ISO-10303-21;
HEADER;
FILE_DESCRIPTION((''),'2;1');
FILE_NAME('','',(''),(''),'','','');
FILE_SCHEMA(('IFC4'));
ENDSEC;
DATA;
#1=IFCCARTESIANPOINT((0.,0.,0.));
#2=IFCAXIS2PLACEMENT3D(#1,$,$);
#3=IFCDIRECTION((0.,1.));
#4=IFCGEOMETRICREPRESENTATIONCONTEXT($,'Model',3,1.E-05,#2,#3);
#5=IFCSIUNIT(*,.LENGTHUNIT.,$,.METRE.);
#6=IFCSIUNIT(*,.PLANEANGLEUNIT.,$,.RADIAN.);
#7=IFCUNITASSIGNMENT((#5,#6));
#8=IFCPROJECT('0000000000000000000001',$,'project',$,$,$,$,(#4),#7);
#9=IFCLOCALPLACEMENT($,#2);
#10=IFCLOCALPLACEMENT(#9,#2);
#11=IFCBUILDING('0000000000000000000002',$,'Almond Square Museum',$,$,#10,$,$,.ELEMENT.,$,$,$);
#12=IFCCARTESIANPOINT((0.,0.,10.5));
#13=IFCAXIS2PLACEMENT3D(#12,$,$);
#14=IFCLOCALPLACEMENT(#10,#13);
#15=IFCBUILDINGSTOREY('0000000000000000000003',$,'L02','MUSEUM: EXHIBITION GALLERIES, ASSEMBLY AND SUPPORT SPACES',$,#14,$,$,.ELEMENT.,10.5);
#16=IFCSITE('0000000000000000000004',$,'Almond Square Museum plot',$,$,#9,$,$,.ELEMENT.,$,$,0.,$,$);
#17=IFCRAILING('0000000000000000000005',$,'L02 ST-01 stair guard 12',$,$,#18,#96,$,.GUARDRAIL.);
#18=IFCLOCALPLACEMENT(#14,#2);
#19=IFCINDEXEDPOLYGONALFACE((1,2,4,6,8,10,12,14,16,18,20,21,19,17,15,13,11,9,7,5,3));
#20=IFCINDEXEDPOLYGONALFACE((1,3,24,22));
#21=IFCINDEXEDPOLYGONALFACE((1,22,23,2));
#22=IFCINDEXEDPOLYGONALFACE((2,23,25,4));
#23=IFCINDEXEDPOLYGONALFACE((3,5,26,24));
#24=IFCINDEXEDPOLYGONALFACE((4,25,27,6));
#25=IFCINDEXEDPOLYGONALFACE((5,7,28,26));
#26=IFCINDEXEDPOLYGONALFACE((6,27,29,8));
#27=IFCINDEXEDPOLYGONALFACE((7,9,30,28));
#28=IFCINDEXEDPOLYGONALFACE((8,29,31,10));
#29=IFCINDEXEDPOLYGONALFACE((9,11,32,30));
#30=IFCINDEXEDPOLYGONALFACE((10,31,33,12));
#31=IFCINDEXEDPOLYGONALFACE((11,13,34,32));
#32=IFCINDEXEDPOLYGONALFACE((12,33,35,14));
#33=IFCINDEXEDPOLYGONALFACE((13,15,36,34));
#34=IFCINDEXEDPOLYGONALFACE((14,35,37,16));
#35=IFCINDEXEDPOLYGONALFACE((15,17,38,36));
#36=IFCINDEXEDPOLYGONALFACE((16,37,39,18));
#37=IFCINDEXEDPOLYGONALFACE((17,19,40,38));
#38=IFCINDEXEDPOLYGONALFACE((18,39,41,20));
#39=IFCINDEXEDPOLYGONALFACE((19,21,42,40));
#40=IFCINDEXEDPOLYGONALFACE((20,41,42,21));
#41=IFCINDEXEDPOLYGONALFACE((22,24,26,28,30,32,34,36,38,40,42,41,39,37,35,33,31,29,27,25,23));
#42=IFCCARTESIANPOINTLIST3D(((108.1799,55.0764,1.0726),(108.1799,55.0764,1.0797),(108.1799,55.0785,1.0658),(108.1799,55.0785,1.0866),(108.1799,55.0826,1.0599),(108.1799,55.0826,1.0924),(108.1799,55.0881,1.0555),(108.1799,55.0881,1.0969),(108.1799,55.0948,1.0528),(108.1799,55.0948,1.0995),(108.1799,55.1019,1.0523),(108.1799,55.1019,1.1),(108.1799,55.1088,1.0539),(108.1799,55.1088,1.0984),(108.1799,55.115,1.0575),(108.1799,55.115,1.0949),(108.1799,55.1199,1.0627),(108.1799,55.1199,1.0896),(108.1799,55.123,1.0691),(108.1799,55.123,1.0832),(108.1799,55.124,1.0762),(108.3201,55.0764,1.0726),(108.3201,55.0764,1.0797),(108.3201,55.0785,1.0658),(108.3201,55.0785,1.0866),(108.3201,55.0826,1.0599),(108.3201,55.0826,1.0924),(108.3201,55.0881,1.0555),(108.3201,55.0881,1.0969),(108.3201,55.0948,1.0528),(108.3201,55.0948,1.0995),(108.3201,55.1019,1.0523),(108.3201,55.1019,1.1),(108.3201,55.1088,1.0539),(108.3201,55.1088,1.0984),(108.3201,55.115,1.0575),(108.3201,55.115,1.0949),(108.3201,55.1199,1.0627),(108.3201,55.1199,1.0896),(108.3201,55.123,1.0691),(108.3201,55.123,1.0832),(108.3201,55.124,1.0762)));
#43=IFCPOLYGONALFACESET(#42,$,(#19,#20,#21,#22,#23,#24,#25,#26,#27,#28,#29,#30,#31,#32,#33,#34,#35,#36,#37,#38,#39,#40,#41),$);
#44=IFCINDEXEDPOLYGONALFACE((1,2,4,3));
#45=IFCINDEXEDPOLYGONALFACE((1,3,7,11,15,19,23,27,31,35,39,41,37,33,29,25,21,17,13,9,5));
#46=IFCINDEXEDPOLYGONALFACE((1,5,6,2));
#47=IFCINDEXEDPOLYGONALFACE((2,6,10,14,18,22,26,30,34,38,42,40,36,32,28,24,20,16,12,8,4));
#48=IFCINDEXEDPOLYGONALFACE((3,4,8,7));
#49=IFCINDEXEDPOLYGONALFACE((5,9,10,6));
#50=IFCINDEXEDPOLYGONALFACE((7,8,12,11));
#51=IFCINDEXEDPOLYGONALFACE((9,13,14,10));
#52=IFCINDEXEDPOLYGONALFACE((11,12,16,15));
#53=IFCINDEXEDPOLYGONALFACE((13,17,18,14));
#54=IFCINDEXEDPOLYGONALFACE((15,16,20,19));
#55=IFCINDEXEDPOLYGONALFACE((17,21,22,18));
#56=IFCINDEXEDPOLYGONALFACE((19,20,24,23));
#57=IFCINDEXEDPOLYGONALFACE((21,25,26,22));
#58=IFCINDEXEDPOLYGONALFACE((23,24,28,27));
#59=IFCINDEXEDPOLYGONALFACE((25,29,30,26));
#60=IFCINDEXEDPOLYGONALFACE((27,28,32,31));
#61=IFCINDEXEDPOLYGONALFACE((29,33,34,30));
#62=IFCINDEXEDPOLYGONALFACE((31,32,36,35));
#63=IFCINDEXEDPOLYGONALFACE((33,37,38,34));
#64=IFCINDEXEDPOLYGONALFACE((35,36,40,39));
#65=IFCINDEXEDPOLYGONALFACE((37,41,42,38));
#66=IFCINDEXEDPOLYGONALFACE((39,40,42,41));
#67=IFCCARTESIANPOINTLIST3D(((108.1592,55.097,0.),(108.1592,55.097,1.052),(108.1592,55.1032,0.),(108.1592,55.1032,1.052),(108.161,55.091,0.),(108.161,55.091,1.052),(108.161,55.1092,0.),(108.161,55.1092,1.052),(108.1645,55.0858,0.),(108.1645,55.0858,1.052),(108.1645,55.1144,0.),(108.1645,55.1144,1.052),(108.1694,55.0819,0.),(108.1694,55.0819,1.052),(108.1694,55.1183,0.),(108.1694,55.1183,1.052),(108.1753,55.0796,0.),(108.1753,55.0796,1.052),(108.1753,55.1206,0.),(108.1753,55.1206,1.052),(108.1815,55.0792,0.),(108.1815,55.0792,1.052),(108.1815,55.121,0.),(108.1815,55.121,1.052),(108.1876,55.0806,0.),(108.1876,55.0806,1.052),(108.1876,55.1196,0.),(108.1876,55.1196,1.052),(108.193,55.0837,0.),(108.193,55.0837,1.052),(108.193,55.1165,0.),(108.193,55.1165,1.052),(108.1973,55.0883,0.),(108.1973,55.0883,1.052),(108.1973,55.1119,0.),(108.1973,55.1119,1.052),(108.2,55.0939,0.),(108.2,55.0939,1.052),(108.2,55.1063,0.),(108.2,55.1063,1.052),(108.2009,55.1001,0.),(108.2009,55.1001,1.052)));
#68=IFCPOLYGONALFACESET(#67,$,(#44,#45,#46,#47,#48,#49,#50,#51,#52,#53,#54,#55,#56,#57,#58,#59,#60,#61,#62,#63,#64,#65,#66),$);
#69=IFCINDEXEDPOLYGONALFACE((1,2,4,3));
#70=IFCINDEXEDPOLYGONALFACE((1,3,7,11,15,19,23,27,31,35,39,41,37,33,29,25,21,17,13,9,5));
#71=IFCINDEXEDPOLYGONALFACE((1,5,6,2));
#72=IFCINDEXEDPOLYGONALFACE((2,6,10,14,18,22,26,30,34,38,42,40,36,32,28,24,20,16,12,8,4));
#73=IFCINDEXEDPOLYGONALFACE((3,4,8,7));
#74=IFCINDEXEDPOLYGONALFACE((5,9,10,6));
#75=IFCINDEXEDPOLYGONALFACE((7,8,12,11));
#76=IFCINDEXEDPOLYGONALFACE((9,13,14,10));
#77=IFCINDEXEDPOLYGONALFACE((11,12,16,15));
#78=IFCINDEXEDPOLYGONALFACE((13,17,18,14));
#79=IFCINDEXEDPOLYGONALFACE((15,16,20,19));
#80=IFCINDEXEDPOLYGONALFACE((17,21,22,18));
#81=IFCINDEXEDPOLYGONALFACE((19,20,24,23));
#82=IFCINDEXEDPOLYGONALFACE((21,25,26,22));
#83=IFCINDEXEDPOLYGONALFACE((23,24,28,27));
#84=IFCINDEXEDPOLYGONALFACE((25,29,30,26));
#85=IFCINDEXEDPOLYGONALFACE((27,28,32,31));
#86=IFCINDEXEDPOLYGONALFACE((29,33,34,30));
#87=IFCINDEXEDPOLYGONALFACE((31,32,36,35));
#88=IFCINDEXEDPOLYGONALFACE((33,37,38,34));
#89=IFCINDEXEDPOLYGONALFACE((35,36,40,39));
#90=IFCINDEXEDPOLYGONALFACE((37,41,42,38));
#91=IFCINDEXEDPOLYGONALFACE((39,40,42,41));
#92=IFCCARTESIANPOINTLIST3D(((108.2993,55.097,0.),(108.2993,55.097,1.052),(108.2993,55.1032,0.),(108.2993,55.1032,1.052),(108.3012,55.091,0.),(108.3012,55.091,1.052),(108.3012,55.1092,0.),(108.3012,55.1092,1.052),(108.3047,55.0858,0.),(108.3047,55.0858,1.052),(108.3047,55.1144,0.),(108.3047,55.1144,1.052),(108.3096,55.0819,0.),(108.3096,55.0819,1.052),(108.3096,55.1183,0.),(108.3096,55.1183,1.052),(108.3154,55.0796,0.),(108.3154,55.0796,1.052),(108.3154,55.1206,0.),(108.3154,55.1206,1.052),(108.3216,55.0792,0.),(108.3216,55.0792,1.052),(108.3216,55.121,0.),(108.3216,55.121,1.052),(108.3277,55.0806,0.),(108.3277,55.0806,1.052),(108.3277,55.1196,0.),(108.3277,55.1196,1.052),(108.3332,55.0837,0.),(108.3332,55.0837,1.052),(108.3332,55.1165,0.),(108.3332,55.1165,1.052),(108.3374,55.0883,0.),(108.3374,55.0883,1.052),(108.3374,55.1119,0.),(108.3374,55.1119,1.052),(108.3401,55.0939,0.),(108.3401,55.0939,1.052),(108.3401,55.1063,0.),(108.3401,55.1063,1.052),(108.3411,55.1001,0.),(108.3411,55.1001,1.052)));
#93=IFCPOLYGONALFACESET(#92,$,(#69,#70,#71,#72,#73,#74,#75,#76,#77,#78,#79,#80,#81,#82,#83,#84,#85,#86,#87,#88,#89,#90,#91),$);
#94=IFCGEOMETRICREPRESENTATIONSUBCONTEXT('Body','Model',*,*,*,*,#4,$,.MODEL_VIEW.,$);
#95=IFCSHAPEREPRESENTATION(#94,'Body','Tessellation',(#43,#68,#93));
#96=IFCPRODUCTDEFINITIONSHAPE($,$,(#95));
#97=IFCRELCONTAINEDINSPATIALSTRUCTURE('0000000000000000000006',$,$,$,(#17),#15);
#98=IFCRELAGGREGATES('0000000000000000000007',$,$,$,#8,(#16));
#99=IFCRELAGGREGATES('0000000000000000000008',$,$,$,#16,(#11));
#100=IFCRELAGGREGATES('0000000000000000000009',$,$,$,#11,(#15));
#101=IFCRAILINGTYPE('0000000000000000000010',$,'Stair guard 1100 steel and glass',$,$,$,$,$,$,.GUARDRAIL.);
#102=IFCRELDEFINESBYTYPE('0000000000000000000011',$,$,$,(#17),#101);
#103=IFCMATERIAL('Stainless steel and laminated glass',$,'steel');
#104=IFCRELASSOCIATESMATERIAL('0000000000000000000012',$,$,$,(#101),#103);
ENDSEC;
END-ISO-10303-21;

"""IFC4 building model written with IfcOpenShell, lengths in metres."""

from ifc_helpers import new_model, si_unit, direction, frame, origin, origin_2d, place, context, subcontext, project, spatial, circle, extrude, material, type_object, element, save


model = new_model("IFC4")

# Units and contexts
model_context = context("Model", 3, precision=1e-05, world=origin(), true_north=direction((0.0, 1.0)))
body_context = subcontext(model_context, "Body", "Model", "MODEL_VIEW")
ifc_project = project(units=[si_unit("LENGTHUNIT", "METRE"), si_unit("PLANEANGLEUNIT", "RADIAN")], contexts=[model_context])

# Site, building, storey
site_placement = place(None, origin())
site = spatial("IfcSite", under=ifc_project, at=site_placement, Name="Almond Square Museum plot", CompositionType="ELEMENT", RefElevation=0.0)
building_placement = place(site_placement, origin())
building = spatial("IfcBuilding", under=site, at=building_placement, Name="Almond Square Museum", CompositionType="ELEMENT")
storey_placement = place(building_placement, frame((0.0, 0.0, 10.5)))
storey = spatial("IfcBuildingStorey", under=building, at=storey_placement, Name="L02", Description="MUSEUM: EXHIBITION GALLERIES, ASSEMBLY AND SUPPORT SPACES", CompositionType="ELEMENT", Elevation=10.5)

# Railing
ifc_material_1 = material(Name="Stainless steel and laminated glass", Category="steel")
railing_type_1 = type_object("IfcRailingType", Name="Stair guard 1100 steel and glass", PredefinedType="GUARDRAIL", material=ifc_material_1)
railing_1_placement = place(storey_placement, frame((108.1799, 55.1001, 0.0)))
element("IfcRailing", 1, at=railing_1_placement, inside=storey, type_object=railing_type_1, Name="L02 ST-01 stair guard 12", PredefinedType="GUARDRAIL", context=body_context, shape_type="SweptSolid", body=[
    extrude(circle(Radius=0.0239, at=origin_2d()), frame((0.0, 0.0, 1.0762), z_axis=(1.0, 0.0, 0.0), x_axis=(0.0, 1.0, 0.0)), (0.0, 0.0, 1.0), 0.1401),
    extrude(circle(Radius=0.021, at=origin_2d()), origin(), (0.0, 0.0, 1.0), 1.052),
    extrude(circle(Radius=0.021, at=origin_2d()), frame((0.1401, 0.0, 0.0)), (0.0, 0.0, 1.0), 1.052),
])

save(model, "model.ifc")
